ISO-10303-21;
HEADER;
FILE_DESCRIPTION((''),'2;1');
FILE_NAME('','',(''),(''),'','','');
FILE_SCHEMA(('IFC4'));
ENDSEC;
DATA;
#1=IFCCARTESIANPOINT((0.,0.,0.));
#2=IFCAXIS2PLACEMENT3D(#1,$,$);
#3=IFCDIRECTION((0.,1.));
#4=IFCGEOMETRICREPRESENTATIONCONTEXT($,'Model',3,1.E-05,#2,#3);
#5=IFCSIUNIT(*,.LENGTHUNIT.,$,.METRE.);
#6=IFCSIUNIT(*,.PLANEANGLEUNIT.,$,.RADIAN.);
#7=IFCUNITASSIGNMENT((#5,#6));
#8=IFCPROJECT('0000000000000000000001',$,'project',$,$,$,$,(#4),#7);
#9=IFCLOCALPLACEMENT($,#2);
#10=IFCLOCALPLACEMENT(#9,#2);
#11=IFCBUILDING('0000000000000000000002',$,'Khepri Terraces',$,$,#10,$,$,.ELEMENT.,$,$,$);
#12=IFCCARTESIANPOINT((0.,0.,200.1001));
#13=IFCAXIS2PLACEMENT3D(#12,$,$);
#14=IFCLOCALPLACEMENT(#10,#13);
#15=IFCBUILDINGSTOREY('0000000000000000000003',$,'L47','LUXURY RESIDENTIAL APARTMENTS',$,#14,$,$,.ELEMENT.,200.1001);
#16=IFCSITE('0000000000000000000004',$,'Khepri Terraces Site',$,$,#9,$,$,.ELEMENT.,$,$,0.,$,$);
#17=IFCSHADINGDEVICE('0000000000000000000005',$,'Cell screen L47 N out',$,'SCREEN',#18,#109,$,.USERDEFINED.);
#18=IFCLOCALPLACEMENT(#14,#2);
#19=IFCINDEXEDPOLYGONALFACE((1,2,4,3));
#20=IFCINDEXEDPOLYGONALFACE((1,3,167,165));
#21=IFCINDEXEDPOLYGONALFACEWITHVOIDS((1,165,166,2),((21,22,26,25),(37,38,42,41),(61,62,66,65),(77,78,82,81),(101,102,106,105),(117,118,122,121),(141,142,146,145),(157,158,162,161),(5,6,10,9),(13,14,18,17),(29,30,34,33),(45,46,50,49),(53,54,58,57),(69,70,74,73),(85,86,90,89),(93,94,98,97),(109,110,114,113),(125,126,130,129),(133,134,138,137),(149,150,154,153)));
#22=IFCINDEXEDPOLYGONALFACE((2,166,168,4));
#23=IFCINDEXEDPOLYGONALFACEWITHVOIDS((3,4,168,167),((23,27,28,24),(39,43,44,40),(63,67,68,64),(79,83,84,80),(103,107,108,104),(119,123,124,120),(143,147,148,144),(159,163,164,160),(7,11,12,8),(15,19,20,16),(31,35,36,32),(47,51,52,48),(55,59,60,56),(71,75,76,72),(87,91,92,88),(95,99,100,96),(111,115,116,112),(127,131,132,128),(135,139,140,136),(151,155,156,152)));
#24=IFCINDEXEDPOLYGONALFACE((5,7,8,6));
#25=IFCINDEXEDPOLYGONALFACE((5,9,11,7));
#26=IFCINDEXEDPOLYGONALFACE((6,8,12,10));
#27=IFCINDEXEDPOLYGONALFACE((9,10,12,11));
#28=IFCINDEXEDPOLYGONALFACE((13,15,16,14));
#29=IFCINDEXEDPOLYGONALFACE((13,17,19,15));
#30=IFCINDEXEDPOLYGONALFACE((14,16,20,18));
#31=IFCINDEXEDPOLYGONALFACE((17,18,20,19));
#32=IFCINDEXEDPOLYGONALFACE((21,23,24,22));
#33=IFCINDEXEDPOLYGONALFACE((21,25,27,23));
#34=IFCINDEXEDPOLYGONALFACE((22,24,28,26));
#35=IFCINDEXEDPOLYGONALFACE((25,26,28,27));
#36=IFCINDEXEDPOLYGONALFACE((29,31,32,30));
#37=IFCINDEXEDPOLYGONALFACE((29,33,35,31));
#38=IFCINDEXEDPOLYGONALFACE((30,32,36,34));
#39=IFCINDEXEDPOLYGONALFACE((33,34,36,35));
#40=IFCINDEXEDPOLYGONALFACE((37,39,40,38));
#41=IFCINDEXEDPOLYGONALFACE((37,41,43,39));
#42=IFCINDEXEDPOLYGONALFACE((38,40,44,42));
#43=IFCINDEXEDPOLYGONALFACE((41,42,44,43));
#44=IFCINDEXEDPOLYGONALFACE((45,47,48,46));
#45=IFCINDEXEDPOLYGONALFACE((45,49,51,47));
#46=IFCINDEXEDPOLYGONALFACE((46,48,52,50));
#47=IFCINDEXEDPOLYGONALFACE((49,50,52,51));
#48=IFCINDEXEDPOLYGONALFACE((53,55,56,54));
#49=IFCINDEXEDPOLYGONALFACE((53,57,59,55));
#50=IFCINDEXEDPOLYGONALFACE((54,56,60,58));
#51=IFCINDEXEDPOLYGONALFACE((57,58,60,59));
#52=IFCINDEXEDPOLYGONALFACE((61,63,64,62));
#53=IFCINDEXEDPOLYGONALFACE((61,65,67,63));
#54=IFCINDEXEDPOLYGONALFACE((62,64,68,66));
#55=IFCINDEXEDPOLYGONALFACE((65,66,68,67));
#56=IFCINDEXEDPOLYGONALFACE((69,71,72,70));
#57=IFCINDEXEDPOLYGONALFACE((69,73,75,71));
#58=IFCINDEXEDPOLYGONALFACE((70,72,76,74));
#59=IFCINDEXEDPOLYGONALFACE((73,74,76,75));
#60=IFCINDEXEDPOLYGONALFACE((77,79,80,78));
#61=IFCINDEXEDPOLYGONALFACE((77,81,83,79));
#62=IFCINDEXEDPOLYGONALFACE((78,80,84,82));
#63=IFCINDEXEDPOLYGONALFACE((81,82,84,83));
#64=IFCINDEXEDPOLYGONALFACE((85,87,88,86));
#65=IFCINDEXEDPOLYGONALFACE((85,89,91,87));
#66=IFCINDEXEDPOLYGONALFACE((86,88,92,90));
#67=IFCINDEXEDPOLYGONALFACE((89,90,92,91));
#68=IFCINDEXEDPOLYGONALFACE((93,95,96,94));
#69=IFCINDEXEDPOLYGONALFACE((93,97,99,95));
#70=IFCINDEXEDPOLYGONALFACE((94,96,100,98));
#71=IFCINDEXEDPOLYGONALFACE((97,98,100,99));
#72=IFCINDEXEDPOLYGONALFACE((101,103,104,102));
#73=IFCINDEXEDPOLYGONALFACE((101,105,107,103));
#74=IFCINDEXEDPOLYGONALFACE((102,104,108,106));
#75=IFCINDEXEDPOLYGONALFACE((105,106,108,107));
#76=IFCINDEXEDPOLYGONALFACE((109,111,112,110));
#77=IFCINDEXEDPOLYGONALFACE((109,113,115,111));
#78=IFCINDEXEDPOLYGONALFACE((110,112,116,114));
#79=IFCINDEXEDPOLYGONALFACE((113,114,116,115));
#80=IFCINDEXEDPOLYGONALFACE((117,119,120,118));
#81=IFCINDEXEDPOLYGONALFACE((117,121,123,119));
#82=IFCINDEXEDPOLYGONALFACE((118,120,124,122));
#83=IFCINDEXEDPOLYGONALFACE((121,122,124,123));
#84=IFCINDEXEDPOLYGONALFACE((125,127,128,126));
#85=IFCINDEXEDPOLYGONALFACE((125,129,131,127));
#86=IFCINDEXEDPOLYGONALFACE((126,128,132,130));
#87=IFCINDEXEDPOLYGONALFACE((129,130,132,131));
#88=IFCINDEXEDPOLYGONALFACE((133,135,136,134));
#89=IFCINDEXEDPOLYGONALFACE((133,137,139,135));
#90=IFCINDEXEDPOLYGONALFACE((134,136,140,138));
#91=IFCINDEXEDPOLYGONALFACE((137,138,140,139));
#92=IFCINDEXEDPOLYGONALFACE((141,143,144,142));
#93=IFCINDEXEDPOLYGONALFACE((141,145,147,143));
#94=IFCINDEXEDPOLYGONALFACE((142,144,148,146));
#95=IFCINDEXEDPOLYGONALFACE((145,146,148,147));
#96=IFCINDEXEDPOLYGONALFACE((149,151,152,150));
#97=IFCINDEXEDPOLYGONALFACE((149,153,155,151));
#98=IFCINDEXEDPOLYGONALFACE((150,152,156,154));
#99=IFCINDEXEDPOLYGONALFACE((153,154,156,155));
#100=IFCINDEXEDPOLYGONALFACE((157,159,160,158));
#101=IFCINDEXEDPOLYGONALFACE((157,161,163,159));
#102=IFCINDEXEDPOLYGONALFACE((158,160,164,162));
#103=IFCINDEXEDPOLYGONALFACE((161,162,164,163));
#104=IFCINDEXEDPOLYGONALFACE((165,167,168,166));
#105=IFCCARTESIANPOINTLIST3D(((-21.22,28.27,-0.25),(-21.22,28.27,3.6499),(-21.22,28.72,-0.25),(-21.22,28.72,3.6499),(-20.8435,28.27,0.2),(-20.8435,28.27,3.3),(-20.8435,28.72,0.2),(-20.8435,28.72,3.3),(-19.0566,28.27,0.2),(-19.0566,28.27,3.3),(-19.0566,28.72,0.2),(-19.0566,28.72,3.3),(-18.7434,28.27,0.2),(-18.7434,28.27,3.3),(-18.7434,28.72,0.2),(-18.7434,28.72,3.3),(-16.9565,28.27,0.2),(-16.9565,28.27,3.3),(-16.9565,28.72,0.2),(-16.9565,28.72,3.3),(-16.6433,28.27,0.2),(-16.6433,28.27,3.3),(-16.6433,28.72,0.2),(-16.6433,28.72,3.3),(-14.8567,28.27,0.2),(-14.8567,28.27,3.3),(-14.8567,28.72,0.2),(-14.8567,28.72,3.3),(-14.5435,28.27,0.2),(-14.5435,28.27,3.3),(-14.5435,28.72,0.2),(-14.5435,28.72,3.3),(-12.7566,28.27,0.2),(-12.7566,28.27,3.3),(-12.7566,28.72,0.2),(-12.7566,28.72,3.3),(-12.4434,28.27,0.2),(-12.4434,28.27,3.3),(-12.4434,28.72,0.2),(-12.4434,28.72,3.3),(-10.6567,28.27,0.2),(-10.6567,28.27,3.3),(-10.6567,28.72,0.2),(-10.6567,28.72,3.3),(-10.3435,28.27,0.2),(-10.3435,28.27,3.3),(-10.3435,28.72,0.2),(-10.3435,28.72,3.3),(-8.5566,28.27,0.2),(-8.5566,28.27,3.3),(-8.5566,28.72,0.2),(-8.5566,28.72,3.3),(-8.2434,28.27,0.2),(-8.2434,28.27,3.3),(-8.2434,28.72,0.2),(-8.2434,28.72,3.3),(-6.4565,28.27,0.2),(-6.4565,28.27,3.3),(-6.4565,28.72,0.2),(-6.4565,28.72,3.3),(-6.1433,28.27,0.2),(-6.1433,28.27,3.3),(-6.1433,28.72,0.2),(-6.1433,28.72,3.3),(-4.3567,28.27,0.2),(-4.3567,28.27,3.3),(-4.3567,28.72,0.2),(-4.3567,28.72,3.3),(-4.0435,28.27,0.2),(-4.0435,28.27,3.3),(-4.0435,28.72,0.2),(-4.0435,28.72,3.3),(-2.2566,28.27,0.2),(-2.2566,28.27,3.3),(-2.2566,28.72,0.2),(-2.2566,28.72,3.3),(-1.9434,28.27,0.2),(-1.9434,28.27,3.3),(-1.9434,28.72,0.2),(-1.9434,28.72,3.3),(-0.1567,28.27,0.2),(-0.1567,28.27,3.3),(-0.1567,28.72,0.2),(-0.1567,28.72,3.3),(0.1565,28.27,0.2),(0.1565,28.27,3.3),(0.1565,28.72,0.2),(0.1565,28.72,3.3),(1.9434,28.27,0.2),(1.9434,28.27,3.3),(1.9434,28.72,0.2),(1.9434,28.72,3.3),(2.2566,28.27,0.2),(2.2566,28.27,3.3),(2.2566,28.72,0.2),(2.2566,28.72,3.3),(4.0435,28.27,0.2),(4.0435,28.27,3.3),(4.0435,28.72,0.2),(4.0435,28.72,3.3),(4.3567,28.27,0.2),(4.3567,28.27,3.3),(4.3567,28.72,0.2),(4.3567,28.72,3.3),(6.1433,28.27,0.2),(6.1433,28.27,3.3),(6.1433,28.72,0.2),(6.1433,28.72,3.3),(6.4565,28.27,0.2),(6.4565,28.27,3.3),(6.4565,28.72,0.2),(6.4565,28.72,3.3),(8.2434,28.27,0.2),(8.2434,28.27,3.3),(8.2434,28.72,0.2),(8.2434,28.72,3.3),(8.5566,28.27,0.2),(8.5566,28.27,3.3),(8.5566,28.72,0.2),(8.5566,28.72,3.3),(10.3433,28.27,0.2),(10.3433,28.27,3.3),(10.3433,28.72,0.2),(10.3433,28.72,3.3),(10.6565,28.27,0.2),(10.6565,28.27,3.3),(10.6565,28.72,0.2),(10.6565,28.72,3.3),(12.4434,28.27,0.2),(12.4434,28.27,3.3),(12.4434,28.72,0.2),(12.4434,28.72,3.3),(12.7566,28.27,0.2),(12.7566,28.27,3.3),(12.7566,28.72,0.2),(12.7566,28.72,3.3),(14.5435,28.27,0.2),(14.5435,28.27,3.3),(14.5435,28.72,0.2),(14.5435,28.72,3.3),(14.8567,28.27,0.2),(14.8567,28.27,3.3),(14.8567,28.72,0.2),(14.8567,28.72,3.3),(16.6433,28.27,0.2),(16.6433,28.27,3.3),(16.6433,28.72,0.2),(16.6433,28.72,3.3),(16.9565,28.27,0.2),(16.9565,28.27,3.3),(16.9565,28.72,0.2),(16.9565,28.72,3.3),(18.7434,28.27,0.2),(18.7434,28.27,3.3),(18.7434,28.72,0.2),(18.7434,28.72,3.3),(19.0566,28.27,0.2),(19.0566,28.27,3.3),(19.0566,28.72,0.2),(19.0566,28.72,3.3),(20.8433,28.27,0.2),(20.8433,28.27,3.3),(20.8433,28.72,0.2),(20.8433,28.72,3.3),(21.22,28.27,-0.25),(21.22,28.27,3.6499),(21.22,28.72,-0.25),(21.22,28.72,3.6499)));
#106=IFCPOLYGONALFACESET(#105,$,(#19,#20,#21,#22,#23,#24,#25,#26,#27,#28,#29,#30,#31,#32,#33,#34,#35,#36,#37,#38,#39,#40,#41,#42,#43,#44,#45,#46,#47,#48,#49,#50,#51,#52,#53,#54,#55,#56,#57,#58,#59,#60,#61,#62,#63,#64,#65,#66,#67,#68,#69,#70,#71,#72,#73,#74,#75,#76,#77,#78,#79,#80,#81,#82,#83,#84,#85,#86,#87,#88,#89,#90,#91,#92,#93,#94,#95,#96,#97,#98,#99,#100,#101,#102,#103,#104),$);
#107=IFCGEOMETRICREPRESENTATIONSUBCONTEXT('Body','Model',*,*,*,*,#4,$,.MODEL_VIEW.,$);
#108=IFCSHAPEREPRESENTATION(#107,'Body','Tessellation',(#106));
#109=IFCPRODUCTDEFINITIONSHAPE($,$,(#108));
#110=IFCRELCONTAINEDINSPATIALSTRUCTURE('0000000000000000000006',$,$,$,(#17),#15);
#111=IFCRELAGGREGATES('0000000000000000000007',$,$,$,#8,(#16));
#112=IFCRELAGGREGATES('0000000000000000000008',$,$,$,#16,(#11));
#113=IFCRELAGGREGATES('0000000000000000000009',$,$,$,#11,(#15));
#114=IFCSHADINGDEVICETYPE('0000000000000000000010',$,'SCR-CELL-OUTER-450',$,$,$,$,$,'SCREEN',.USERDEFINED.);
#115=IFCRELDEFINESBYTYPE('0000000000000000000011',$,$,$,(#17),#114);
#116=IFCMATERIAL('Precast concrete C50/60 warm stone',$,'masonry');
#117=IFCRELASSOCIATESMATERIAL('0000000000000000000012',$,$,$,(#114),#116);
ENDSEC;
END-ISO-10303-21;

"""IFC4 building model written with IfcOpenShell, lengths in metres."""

from ifc_helpers import new_model, si_unit, direction, frame, origin, place, context, subcontext, project, spatial, polyline, outline, extrude, material, type_object, element, save


model = new_model("IFC4")

# Units and contexts
model_context = context("Model", 3, precision=1e-05, world=origin(), true_north=direction((0.0, 1.0)))
body_context = subcontext(model_context, "Body", "Model", "MODEL_VIEW")
ifc_project = project(units=[si_unit("LENGTHUNIT", "METRE"), si_unit("PLANEANGLEUNIT", "RADIAN")], contexts=[model_context])

# Site, building, storey
site_placement = place(None, origin())
site = spatial("IfcSite", under=ifc_project, at=site_placement, Name="Khepri Terraces Site", CompositionType="ELEMENT", RefElevation=0.0)
building_placement = place(site_placement, origin())
building = spatial("IfcBuilding", under=site, at=building_placement, Name="Khepri Terraces", CompositionType="ELEMENT")
storey_placement = place(building_placement, frame((0.0, 0.0, 200.1001)))
storey = spatial("IfcBuildingStorey", under=building, at=storey_placement, Name="L47", Description="LUXURY RESIDENTIAL APARTMENTS", CompositionType="ELEMENT", Elevation=200.1001)

# Shared definitions
ifc_material_1 = material(Name="Precast concrete C50/60 warm stone", Category="masonry")

# Shading device
shading_device_type_1 = type_object("IfcShadingDeviceType", Name="SCR-CELL-OUTER-450", ElementType="SCREEN", PredefinedType="USERDEFINED", material=ifc_material_1)
shading_device_1_placement = place(storey_placement, frame((21.22, 28.27, -0.25), z_axis=(0.0, 1.0, 0.0), x_axis=(-1.0, 0.0, 0.0)))
element("IfcShadingDevice", 1, at=shading_device_1_placement, inside=storey, type_object=shading_device_type_1, Name="Cell screen L47 N out", ObjectType="SCREEN", PredefinedType="USERDEFINED", context=body_context, shape_type="SweptSolid", body=[
    extrude(outline(polyline([(0.0, 0.0), (42.4399, 0.0), (42.4399, 3.8999), (0.0, 3.8999), (0.0, 0.0)]), holes=[polyline([(0.3767, 0.45), (2.1633, 0.45), (2.1633, 3.55), (0.3767, 3.55), (0.3767, 0.45)]), polyline([(2.4766, 0.45), (4.2634, 0.45), (4.2634, 3.55), (2.4766, 3.55), (2.4766, 0.45)]), polyline([(4.5767, 0.45), (6.3633, 0.45), (6.3633, 3.55), (4.5767, 3.55), (4.5767, 0.45)]), polyline([(6.6765, 0.45), (8.4634, 0.45), (8.4634, 3.55), (6.6765, 3.55), (6.6765, 0.45)]), polyline([(8.7766, 0.45), (10.5635, 0.45), (10.5635, 3.55), (8.7766, 3.55), (8.7766, 0.45)]), polyline([(10.8767, 0.45), (12.6633, 0.45), (12.6633, 3.55), (10.8767, 3.55), (10.8767, 0.45)]), polyline([(12.9766, 0.45), (14.7634, 0.45), (14.7634, 3.55), (12.9766, 3.55), (12.9766, 0.45)]), polyline([(15.0767, 0.45), (16.8633, 0.45), (16.8633, 3.55), (15.0767, 3.55), (15.0767, 0.45)]), polyline([(17.1765, 0.45), (18.9634, 0.45), (18.9634, 3.55), (17.1765, 3.55), (17.1765, 0.45)]), polyline([(19.2766, 0.45), (21.0635, 0.45), (21.0635, 3.55), (19.2766, 3.55), (19.2766, 0.45)]), polyline([(21.3767, 0.45), (23.1633, 0.45), (23.1633, 3.55), (21.3767, 3.55), (21.3767, 0.45)]), polyline([(23.4766, 0.45), (25.2634, 0.45), (25.2634, 3.55), (23.4766, 3.55), (23.4766, 0.45)]), polyline([(25.5767, 0.45), (27.3633, 0.45), (27.3633, 3.55), (25.5767, 3.55), (25.5767, 0.45)]), polyline([(27.6765, 0.45), (29.4634, 0.45), (29.4634, 3.55), (27.6765, 3.55), (27.6765, 0.45)]), polyline([(29.7766, 0.45), (31.5635, 0.45), (31.5635, 3.55), (29.7766, 3.55), (29.7766, 0.45)]), polyline([(31.8767, 0.45), (33.6633, 0.45), (33.6633, 3.55), (31.8767, 3.55), (31.8767, 0.45)]), polyline([(33.9766, 0.45), (35.7634, 0.45), (35.7634, 3.55), (33.9766, 3.55), (33.9766, 0.45)]), polyline([(36.0767, 0.45), (37.8633, 0.45), (37.8633, 3.55), (36.0767, 3.55), (36.0767, 0.45)]), polyline([(38.1765, 0.45), (39.9634, 0.45), (39.9634, 3.55), (38.1765, 3.55), (38.1765, 0.45)]), polyline([(40.2766, 0.45), (42.0635, 0.45), (42.0635, 3.55), (40.2766, 3.55), (40.2766, 0.45)])]), origin(), (0.0, 0.0, 1.0), 0.45),
])

save(model, "model.ifc")
